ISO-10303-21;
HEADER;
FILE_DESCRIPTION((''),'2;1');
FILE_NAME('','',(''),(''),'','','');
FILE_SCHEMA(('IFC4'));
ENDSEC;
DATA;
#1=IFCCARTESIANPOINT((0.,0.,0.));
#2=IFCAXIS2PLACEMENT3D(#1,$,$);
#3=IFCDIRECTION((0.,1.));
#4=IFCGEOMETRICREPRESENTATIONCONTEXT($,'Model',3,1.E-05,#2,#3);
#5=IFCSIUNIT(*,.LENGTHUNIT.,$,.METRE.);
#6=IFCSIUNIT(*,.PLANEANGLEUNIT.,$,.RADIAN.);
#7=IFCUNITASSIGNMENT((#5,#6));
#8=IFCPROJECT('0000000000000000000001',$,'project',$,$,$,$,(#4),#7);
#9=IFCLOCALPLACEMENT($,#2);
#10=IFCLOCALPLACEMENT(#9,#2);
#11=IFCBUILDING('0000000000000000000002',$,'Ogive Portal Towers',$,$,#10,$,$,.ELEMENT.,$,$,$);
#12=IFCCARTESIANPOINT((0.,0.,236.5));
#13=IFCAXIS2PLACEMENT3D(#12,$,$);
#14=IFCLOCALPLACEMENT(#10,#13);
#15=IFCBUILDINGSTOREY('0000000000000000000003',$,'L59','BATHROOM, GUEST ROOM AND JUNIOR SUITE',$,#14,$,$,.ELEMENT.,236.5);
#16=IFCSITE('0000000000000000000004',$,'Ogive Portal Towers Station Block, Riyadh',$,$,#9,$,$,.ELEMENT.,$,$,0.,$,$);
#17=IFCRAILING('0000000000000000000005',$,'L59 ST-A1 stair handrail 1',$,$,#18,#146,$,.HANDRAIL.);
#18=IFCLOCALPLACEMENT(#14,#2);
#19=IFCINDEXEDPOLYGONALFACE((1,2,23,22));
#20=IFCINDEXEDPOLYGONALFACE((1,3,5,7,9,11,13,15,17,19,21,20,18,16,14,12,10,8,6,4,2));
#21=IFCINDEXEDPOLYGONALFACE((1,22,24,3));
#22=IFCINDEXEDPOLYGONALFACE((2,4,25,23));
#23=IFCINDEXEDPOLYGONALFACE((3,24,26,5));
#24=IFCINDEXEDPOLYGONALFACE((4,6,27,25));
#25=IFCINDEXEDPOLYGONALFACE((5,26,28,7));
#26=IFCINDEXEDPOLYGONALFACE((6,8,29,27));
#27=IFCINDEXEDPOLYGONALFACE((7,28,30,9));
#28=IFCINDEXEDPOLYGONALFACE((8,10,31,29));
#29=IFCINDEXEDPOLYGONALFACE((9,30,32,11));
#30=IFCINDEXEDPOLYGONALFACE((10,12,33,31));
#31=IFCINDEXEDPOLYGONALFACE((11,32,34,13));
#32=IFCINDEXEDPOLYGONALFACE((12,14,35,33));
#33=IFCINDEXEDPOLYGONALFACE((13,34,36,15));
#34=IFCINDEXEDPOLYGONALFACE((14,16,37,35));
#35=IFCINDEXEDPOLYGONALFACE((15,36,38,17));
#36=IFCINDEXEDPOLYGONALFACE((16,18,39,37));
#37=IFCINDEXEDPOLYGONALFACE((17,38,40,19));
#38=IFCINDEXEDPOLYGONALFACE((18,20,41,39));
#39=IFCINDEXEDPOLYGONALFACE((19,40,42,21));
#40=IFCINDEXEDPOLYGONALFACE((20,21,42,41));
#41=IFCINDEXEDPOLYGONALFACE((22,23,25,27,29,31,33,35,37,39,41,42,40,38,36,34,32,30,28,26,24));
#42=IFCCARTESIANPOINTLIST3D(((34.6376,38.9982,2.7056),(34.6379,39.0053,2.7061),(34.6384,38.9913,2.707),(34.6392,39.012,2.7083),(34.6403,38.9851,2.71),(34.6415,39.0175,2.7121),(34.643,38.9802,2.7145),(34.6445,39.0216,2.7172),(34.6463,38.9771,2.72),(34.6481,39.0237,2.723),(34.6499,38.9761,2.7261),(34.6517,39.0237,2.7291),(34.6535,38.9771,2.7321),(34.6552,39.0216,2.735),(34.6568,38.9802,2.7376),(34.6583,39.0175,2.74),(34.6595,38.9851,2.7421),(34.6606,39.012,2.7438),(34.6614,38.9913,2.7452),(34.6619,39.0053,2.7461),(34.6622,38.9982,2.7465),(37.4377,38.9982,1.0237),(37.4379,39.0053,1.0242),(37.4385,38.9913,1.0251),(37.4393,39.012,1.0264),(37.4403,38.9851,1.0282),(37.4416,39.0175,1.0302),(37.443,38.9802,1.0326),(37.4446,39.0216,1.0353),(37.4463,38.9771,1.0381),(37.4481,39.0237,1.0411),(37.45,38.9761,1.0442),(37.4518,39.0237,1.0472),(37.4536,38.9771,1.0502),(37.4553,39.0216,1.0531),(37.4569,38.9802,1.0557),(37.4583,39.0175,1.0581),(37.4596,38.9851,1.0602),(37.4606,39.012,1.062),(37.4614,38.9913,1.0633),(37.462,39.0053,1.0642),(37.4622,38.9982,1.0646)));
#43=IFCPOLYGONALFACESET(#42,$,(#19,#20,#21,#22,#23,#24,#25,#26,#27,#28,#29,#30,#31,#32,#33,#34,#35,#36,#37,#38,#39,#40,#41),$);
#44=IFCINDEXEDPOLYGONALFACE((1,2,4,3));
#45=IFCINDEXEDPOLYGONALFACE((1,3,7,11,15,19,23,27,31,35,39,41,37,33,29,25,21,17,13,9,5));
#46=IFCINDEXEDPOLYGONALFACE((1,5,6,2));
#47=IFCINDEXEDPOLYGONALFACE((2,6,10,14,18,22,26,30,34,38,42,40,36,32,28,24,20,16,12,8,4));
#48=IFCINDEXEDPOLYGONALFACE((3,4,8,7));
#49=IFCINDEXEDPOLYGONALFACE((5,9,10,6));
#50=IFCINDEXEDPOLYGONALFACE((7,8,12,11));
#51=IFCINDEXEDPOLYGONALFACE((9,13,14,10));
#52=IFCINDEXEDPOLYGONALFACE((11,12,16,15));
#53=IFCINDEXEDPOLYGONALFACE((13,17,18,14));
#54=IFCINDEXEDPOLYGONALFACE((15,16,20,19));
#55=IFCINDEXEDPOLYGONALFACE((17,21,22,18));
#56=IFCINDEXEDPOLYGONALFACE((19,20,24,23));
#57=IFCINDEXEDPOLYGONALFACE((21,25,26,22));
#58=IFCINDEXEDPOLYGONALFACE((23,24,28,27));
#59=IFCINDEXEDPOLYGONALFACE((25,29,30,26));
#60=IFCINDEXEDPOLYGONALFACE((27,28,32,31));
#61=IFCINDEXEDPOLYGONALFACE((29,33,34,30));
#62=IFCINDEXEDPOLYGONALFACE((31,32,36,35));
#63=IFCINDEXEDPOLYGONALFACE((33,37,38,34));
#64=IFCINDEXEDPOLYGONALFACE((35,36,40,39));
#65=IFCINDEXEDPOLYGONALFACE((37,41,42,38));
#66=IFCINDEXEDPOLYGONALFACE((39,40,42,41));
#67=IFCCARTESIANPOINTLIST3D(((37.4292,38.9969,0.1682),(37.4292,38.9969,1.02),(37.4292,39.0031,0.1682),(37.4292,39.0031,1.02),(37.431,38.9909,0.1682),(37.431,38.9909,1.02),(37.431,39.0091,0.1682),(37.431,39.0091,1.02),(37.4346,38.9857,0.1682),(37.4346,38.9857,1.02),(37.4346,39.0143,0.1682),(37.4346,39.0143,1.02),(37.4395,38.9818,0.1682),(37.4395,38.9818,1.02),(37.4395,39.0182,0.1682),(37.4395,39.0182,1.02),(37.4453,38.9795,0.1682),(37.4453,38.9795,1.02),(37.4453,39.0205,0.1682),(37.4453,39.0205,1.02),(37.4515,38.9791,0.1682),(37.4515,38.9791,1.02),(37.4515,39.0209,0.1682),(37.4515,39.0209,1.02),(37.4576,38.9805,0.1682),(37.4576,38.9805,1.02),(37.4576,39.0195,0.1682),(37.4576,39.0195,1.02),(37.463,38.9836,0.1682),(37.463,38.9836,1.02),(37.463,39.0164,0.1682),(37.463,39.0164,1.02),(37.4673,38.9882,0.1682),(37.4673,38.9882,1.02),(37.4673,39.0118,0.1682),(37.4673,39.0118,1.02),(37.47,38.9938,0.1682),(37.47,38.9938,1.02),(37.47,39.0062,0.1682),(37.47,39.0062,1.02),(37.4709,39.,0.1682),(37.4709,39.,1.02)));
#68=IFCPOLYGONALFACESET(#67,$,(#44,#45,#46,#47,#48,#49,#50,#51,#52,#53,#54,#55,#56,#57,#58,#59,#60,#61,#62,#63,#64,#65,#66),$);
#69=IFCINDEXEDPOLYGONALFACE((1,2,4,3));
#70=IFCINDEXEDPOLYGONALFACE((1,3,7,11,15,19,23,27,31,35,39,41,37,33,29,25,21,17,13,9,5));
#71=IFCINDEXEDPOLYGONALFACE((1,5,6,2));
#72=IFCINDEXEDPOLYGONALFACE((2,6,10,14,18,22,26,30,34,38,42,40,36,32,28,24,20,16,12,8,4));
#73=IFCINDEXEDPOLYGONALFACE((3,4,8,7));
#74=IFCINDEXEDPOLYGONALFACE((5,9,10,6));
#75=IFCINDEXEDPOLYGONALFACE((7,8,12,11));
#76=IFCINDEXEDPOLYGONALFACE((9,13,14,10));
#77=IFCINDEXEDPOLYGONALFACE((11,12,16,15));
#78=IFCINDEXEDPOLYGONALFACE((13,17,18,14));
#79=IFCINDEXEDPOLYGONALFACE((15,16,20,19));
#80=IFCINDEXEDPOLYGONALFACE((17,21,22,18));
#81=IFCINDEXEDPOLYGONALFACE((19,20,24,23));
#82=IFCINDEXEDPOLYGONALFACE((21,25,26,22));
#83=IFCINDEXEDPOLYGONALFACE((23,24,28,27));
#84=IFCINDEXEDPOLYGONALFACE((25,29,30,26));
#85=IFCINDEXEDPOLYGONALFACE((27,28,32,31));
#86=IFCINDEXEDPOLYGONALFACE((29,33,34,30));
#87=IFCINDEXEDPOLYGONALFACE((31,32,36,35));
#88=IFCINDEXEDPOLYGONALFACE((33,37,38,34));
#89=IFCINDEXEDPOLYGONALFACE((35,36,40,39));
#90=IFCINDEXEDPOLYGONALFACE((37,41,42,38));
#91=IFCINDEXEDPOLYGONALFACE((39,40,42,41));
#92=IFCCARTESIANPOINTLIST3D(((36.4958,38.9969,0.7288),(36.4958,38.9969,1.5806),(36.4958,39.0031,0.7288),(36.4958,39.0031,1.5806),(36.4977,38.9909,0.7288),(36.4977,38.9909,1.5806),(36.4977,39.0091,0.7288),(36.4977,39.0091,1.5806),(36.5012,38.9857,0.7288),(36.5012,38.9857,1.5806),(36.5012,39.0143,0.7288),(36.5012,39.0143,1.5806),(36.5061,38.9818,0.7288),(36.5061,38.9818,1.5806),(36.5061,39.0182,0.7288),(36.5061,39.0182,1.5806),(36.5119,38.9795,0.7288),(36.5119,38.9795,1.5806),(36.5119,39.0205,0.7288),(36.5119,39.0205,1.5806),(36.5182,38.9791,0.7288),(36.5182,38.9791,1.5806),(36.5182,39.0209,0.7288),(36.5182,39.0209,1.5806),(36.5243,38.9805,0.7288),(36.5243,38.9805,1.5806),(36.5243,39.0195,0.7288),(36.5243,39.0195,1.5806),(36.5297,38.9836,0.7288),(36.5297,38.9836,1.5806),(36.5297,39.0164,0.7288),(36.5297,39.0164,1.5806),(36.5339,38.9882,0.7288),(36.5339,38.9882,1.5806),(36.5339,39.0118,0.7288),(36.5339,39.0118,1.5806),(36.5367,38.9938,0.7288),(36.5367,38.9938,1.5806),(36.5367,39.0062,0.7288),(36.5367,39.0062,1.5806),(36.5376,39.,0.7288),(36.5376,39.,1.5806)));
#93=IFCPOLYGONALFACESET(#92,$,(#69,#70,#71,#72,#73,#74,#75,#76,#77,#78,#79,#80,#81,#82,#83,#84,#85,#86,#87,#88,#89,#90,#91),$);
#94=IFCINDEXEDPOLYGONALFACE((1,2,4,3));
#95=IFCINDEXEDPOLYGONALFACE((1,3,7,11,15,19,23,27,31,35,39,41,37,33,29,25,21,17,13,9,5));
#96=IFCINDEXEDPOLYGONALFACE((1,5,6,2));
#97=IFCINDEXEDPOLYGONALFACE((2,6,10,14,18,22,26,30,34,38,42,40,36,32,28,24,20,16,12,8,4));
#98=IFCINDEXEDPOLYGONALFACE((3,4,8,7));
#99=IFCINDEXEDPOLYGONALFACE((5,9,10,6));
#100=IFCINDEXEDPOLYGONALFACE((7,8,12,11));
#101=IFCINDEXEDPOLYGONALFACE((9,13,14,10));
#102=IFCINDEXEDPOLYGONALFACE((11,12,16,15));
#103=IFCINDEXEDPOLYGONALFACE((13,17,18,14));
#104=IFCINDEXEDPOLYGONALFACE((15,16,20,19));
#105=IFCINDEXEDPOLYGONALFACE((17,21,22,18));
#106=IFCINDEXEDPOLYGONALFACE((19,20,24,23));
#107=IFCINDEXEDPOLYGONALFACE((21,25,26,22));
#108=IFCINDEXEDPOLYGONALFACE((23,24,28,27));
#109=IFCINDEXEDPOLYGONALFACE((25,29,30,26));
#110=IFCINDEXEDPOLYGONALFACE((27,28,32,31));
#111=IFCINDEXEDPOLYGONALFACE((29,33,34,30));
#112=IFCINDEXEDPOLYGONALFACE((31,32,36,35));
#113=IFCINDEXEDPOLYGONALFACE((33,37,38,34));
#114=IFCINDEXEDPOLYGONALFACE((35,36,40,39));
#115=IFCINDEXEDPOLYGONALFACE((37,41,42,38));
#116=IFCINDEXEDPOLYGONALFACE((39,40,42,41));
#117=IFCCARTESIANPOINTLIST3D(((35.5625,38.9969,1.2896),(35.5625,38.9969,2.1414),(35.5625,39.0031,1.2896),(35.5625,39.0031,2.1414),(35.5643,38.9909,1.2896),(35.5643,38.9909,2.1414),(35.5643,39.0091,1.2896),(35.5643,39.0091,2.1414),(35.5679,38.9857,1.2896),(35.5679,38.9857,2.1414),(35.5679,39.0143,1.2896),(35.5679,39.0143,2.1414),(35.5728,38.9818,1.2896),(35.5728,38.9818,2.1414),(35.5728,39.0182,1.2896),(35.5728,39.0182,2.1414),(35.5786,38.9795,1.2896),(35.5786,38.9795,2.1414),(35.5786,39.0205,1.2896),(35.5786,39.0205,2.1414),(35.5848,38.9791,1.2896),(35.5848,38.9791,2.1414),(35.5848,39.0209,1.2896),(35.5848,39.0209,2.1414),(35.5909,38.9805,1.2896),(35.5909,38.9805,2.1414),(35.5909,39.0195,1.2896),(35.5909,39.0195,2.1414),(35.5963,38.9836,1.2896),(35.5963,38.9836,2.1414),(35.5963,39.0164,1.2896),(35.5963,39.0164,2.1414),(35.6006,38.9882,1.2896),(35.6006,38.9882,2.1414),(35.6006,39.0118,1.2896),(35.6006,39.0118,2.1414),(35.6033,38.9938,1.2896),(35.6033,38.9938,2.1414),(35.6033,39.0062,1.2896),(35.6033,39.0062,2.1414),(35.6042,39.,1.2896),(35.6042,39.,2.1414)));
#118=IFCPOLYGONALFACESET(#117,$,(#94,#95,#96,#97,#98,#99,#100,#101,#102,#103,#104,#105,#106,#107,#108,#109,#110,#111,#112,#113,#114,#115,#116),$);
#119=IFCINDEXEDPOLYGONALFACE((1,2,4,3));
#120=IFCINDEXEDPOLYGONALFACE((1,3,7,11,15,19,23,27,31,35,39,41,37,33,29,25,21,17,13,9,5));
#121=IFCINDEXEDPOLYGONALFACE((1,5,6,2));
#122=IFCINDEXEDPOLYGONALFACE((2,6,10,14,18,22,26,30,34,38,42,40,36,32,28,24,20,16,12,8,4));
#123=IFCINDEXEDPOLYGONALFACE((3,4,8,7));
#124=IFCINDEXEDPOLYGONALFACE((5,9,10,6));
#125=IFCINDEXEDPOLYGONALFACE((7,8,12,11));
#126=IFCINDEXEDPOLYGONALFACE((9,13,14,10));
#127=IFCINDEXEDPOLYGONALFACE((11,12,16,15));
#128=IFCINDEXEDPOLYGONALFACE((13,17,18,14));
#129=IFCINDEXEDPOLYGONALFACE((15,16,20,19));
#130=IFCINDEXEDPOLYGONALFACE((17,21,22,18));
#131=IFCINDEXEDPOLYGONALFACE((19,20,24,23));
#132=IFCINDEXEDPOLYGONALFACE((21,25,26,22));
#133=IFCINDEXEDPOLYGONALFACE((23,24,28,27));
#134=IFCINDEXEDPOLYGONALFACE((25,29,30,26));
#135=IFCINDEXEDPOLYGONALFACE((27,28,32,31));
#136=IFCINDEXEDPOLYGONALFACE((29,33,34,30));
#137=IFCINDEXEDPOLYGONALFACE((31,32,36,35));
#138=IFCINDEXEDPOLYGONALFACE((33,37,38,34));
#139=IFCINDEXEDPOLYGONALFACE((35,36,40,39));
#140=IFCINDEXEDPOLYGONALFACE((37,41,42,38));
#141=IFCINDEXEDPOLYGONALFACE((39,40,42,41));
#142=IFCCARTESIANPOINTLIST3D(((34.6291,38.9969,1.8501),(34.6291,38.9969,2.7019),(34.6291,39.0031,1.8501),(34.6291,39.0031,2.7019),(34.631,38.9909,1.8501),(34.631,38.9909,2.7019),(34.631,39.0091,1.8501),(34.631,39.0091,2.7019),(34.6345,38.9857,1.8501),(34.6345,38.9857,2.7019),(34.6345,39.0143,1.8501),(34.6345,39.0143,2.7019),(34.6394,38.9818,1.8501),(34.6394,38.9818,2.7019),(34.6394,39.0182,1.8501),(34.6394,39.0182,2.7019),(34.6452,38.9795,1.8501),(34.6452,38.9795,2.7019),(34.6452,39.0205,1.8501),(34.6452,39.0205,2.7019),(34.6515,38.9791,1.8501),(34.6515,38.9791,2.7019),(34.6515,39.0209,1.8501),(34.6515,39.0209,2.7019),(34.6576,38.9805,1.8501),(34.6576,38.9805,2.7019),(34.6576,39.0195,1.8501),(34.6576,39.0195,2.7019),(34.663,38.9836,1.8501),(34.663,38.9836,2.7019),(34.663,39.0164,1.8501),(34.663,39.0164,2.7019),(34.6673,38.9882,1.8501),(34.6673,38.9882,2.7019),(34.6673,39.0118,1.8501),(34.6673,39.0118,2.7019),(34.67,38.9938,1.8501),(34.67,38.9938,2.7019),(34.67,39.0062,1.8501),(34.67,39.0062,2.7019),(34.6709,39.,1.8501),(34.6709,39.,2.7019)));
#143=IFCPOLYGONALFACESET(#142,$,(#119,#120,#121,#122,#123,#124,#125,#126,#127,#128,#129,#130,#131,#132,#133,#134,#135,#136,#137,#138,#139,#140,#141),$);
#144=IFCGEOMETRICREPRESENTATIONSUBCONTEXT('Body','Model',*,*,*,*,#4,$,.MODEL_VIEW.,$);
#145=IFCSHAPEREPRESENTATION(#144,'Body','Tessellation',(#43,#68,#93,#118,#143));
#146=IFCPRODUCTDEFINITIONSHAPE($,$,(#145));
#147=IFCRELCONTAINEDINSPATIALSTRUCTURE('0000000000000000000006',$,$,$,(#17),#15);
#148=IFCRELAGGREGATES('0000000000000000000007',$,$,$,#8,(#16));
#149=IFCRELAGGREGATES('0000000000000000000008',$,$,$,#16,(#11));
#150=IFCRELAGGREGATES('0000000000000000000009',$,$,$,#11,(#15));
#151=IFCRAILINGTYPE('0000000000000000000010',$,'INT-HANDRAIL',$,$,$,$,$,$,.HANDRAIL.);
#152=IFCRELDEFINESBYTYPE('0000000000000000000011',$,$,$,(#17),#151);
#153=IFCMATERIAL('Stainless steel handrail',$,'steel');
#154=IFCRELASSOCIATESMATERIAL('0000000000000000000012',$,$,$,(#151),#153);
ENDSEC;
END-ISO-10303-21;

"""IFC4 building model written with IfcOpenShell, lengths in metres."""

from ifc_helpers import new_model, si_unit, direction, frame, origin, origin_2d, place, context, subcontext, project, spatial, circle, extrude, material, type_object, element, save


model = new_model("IFC4")

# Units and contexts
model_context = context("Model", 3, precision=1e-05, world=origin(), true_north=direction((0.0, 1.0)))
body_context = subcontext(model_context, "Body", "Model", "MODEL_VIEW")
ifc_project = project(units=[si_unit("LENGTHUNIT", "METRE"), si_unit("PLANEANGLEUNIT", "RADIAN")], contexts=[model_context])

# Site, building, storey
site_placement = place(None, origin())
site = spatial("IfcSite", under=ifc_project, at=site_placement, Name="Ogive Portal Towers Station Block, Riyadh", CompositionType="ELEMENT", RefElevation=0.0)
building_placement = place(site_placement, origin())
building = spatial("IfcBuilding", under=site, at=building_placement, Name="Ogive Portal Towers", CompositionType="ELEMENT")
storey_placement = place(building_placement, frame((0.0, 0.0, 236.5)))
storey = spatial("IfcBuildingStorey", under=building, at=storey_placement, Name="L59", Description="BATHROOM, GUEST ROOM AND JUNIOR SUITE", CompositionType="ELEMENT", Elevation=236.5)

# Railing
ifc_material_1 = material(Name="Stainless steel handrail", Category="steel")
railing_type_1 = type_object("IfcRailingType", Name="INT-HANDRAIL", PredefinedType="HANDRAIL", material=ifc_material_1)
railing_1_placement = place(storey_placement, frame((37.45, 39.0, 0.1682)))
element("IfcRailing", 1, at=railing_1_placement, inside=storey, type_object=railing_type_1, Name="L59 ST-A1 stair handrail 1", PredefinedType="HANDRAIL", context=body_context, shape_type="SweptSolid", body=[
    extrude(circle(Radius=0.0239, at=origin_2d()), frame((0.0, 0.0, 0.876), z_axis=(-0.857242, 0.0, 0.514913), x_axis=(0.0, -1.0, 0.0)), (0.0, 0.0, 1.0), 3.2664),
    extrude(circle(Radius=0.021, at=origin_2d()), origin(), (0.0, 0.0, 1.0), 0.8518),
    extrude(circle(Radius=0.021, at=origin_2d()), frame((-0.9333, 0.0, 0.5605)), (0.0, 0.0, 1.0), 0.8518),
    extrude(circle(Radius=0.021, at=origin_2d()), frame((-1.8667, 0.0, 1.1213)), (0.0, 0.0, 1.0), 0.8518),
    extrude(circle(Radius=0.021, at=origin_2d()), frame((-2.8, 0.0, 1.6819)), (0.0, 0.0, 1.0), 0.8518),
])

save(model, "model.ifc")
